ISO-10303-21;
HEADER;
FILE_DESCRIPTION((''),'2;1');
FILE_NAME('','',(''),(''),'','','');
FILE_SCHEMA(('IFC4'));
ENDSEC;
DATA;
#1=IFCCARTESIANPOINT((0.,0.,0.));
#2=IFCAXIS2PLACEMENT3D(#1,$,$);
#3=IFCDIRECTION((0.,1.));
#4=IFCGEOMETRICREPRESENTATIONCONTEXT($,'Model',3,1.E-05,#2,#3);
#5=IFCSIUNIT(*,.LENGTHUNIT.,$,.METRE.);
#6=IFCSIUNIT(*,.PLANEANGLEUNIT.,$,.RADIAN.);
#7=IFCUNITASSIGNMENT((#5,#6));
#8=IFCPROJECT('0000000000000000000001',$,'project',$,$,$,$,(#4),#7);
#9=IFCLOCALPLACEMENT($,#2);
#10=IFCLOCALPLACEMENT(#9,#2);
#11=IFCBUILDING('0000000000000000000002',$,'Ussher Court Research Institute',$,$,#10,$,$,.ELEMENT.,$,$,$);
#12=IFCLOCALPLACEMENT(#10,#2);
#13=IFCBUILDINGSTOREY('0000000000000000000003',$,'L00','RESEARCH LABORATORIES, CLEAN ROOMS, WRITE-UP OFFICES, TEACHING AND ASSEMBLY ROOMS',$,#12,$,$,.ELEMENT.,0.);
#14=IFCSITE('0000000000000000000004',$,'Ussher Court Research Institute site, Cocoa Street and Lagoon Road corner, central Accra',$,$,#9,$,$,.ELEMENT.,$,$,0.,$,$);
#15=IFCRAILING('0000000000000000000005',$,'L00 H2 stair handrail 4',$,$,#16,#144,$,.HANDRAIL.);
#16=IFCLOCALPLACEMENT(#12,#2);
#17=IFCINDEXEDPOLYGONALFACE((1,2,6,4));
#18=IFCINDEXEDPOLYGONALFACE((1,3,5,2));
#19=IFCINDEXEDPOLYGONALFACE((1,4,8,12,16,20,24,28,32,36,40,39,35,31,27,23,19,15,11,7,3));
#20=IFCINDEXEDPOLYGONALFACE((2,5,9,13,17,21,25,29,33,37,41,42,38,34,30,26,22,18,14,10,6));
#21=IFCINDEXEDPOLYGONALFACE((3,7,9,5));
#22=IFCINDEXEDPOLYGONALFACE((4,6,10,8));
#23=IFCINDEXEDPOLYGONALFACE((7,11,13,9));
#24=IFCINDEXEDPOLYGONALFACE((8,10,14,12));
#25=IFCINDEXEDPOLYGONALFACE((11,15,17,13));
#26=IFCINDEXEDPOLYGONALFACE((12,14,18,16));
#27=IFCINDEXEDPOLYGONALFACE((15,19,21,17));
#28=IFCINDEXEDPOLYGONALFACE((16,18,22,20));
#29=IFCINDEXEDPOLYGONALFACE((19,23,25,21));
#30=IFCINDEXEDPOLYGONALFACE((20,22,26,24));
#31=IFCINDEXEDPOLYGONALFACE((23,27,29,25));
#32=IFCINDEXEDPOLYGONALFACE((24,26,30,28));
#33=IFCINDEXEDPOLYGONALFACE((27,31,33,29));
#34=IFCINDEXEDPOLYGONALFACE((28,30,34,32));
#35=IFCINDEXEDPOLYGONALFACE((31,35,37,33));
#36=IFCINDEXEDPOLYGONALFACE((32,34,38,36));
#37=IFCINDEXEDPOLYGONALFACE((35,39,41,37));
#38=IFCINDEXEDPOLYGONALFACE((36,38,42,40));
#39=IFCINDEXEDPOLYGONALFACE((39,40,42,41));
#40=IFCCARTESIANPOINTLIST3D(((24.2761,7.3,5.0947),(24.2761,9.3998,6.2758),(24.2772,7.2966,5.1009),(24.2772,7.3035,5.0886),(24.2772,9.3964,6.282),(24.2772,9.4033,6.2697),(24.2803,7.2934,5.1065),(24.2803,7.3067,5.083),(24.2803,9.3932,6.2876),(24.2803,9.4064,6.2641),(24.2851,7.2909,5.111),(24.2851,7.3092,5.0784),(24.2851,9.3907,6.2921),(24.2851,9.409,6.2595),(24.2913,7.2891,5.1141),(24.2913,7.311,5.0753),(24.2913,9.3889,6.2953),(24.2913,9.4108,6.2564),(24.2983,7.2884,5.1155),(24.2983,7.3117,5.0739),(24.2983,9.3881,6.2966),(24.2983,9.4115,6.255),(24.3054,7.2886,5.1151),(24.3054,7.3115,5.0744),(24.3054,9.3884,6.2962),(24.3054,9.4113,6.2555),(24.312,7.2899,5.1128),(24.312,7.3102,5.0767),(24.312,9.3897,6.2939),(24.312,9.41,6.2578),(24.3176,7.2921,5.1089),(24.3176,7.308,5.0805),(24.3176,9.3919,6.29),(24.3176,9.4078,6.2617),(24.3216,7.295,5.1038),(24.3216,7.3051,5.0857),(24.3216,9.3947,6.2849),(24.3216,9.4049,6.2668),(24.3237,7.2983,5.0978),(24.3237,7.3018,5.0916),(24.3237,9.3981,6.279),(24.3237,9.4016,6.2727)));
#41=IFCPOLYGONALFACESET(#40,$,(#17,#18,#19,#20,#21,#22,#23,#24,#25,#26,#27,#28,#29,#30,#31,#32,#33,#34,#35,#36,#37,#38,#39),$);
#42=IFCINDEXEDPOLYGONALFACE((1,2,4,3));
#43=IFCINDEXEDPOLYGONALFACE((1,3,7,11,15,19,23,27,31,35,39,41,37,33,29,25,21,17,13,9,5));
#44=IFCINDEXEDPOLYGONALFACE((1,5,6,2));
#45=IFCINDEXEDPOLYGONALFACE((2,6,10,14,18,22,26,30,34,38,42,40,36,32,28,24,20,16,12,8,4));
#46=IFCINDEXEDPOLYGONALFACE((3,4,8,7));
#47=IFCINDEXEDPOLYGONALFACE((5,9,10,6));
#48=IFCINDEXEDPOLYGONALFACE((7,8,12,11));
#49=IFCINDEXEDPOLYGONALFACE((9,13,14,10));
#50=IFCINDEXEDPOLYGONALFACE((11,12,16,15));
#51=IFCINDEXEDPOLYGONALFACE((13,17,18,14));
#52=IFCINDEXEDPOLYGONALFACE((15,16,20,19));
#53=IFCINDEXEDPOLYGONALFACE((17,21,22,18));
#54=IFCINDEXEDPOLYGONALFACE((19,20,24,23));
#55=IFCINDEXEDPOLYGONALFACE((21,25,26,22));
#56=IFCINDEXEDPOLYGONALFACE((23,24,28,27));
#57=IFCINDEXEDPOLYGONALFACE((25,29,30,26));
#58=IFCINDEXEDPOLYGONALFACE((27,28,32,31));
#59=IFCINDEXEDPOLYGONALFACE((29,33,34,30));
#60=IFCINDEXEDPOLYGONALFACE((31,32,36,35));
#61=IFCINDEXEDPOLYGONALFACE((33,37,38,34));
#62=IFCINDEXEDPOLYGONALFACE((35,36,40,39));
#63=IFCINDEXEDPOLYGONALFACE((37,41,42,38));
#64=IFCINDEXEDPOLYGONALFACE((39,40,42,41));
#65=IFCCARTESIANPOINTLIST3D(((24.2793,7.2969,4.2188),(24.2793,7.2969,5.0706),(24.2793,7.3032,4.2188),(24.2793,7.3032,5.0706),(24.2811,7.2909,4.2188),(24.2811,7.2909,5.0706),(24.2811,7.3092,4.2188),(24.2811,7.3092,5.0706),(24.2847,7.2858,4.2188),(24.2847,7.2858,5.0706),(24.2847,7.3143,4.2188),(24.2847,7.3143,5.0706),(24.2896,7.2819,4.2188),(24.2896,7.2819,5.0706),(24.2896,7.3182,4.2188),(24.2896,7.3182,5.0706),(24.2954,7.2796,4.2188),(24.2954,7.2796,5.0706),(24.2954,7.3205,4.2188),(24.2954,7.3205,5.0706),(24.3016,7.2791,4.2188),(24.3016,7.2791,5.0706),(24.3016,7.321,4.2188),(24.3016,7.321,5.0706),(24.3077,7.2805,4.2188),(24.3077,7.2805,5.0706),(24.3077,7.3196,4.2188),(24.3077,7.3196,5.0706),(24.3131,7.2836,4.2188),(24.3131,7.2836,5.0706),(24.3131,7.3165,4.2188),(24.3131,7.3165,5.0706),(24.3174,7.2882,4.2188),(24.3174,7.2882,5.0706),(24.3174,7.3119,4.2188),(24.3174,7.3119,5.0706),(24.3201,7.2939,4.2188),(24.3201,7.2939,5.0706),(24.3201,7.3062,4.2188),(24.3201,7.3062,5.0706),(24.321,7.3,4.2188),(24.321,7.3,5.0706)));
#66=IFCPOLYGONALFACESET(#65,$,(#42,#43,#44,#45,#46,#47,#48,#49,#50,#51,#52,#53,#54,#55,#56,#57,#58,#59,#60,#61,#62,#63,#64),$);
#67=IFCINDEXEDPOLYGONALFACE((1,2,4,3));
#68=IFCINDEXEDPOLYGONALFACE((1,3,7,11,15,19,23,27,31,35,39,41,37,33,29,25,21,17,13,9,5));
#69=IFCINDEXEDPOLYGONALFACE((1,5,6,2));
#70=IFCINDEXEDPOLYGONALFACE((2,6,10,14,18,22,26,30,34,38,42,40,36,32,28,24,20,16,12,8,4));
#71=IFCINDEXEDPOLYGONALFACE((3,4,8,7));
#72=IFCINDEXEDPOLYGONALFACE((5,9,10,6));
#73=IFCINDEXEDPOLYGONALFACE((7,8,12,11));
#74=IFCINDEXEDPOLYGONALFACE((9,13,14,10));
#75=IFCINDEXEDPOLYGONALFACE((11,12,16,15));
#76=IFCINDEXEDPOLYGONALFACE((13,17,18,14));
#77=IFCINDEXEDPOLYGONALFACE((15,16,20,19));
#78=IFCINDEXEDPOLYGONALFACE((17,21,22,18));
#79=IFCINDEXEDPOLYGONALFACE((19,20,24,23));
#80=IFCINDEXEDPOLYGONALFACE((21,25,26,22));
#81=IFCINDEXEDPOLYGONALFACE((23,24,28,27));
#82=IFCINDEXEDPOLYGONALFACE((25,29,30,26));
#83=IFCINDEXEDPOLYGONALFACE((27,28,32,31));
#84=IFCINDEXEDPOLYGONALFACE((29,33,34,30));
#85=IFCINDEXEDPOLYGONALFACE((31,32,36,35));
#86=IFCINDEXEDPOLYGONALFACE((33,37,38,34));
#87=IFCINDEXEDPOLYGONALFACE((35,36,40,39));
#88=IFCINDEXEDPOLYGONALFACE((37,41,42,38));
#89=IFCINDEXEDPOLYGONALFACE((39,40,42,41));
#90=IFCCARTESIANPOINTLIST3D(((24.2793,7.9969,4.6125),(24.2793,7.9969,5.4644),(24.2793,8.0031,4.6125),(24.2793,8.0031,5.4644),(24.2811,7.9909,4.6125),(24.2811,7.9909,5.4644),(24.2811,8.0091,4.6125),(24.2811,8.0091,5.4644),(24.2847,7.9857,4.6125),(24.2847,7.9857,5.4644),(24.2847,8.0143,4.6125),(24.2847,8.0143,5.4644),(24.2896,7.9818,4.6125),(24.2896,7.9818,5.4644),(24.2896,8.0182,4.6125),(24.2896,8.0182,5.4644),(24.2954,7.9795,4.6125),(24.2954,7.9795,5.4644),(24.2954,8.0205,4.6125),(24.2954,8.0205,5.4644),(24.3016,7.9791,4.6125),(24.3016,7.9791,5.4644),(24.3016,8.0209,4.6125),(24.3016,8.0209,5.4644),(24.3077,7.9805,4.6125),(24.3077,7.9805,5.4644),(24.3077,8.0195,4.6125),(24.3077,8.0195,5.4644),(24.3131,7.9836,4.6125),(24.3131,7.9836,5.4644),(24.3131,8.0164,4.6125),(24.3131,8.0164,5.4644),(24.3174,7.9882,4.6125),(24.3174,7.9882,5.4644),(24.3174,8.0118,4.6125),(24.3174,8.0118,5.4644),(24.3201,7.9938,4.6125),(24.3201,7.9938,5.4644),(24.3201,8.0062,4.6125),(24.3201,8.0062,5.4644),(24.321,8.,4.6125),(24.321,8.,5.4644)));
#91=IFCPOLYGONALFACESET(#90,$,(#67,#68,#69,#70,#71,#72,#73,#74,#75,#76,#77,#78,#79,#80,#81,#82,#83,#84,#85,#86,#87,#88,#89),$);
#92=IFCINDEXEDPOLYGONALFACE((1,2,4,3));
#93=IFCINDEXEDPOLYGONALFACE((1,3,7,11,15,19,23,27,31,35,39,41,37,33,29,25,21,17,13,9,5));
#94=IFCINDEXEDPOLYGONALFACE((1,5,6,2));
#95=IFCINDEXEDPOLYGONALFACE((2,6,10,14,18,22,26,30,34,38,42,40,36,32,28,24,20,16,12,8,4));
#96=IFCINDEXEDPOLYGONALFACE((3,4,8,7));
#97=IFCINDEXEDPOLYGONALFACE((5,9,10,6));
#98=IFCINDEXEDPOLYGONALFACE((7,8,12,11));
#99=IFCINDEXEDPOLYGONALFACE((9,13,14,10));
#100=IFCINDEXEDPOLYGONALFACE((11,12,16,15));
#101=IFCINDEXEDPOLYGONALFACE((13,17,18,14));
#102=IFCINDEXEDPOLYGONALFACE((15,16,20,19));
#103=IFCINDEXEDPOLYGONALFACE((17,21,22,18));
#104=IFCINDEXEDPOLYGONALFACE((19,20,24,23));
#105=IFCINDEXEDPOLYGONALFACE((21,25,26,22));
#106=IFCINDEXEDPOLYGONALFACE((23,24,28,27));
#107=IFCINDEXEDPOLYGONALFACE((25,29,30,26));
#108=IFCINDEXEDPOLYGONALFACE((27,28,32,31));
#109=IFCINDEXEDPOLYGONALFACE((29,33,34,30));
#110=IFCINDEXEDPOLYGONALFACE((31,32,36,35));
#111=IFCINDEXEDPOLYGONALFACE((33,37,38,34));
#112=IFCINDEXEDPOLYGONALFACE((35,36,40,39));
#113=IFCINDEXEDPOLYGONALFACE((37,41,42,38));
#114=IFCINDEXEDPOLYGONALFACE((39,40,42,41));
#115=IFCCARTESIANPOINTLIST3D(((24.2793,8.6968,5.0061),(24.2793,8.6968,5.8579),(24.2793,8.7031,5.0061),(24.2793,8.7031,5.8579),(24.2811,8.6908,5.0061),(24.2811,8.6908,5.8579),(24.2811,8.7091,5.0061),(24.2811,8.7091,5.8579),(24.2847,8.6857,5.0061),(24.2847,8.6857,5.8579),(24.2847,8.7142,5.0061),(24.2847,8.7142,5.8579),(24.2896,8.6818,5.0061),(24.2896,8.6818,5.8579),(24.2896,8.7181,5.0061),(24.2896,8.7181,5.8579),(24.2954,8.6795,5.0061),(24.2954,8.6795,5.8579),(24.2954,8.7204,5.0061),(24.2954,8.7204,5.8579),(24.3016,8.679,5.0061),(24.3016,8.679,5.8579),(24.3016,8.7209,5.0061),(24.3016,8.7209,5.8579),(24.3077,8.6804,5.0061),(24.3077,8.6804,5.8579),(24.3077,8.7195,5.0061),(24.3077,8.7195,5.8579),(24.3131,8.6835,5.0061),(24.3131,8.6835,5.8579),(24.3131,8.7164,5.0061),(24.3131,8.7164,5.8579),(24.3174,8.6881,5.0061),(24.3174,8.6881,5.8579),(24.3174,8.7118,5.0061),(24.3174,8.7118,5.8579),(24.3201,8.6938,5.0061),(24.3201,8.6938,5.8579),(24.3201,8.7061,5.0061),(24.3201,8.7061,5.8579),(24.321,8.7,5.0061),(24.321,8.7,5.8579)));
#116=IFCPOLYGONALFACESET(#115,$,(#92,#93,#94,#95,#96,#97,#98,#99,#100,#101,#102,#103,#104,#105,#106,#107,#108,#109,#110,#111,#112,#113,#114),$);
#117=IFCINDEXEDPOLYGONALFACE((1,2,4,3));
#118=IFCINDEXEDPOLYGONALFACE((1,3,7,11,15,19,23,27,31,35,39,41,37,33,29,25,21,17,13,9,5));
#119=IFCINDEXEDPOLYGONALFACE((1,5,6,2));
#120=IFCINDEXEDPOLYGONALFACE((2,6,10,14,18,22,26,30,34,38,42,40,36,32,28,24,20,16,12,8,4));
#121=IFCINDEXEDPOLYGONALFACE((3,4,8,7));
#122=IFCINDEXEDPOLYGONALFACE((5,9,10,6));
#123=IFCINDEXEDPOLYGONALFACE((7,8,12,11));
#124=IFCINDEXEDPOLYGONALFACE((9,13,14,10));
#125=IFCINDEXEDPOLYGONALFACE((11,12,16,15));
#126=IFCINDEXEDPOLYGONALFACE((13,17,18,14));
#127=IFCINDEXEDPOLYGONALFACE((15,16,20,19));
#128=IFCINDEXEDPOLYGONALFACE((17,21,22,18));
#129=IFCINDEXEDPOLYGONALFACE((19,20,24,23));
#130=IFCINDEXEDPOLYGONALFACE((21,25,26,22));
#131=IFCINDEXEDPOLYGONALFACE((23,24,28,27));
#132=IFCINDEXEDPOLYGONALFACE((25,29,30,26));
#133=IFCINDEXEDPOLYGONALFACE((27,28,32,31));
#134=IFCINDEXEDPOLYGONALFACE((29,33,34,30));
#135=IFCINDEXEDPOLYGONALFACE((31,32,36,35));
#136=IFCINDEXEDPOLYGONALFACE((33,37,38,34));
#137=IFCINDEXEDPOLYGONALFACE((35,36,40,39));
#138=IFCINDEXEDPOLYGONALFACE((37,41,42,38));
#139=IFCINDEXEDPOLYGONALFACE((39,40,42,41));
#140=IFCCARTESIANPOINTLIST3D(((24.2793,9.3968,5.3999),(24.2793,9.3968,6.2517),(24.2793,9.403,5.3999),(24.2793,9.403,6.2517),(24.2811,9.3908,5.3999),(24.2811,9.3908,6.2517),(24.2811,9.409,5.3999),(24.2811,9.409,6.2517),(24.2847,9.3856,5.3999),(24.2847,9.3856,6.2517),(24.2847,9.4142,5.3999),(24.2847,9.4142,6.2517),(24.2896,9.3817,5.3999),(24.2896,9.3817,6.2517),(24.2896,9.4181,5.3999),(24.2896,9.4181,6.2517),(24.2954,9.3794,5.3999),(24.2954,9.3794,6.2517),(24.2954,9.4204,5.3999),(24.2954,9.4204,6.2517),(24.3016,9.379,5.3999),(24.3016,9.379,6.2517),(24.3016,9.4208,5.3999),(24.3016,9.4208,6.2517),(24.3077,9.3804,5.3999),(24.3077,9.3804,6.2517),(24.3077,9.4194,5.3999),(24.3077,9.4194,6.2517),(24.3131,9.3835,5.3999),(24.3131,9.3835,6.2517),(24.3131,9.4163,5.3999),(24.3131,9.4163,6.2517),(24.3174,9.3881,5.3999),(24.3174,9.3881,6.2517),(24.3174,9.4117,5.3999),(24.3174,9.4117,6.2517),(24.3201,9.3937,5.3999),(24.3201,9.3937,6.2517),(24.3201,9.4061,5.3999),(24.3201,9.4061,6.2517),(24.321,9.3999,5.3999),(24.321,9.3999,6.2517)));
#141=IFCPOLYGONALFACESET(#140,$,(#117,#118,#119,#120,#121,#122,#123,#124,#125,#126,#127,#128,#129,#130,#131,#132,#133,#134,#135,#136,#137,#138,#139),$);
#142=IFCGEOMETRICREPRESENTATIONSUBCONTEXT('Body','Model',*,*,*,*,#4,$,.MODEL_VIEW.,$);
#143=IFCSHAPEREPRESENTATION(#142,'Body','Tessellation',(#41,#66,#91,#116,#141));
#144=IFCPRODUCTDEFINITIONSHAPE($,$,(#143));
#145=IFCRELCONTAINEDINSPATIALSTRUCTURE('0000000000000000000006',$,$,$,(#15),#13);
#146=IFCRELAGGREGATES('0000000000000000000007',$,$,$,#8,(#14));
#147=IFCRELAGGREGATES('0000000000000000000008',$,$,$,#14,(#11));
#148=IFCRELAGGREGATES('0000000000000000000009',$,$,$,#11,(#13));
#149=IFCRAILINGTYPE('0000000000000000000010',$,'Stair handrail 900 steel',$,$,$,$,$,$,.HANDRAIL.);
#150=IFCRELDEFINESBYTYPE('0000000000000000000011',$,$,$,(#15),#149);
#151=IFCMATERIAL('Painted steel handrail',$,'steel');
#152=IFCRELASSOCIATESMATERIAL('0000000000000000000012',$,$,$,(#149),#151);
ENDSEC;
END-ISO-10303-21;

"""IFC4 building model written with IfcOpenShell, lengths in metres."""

from ifc_helpers import new_model, si_unit, direction, frame, origin, origin_2d, place, context, subcontext, project, spatial, circle, extrude, material, type_object, element, save


model = new_model("IFC4")

# Units and contexts
model_context = context("Model", 3, precision=1e-05, world=origin(), true_north=direction((0.0, 1.0)))
body_context = subcontext(model_context, "Body", "Model", "MODEL_VIEW")
ifc_project = project(units=[si_unit("LENGTHUNIT", "METRE"), si_unit("PLANEANGLEUNIT", "RADIAN")], contexts=[model_context])

# Site, building, storey
site_placement = place(None, origin())
site = spatial("IfcSite", under=ifc_project, at=site_placement, Name="Ussher Court Research Institute site, Cocoa Street and Lagoon Road corner, central Accra", CompositionType="ELEMENT", RefElevation=0.0)
building_placement = place(site_placement, origin())
building = spatial("IfcBuilding", under=site, at=building_placement, Name="Ussher Court Research Institute", CompositionType="ELEMENT")
storey_placement = place(building_placement, origin())
storey = spatial("IfcBuildingStorey", under=building, at=storey_placement, Name="L00", Description="RESEARCH LABORATORIES, CLEAN ROOMS, WRITE-UP OFFICES, TEACHING AND ASSEMBLY ROOMS", CompositionType="ELEMENT", Elevation=0.0)

# Railing
ifc_material_1 = material(Name="Painted steel handrail", Category="steel")
railing_type_1 = type_object("IfcRailingType", Name="Stair handrail 900 steel", PredefinedType="HANDRAIL", material=ifc_material_1)
for number, where, name in (
    (1, (24.3, 7.3, 4.2188), "L00 H2 stair handrail 4"),
):
    element("IfcRailing", number, at=place(storey_placement, frame(where)), inside=storey, type_object=railing_type_1, Name=name, PredefinedType="HANDRAIL", context=body_context, shape_type="SweptSolid", body=[
        extrude(circle(Radius=0.0239, at=origin_2d()), frame((0.0, 0.0, 0.876), z_axis=(0.0, 0.871578, 0.490256), x_axis=(-1.0, 0.0, 0.0)), (0.0, 0.0, 1.0), 2.4092),
        extrude(circle(Radius=0.021, at=origin_2d()), origin(), (0.0, 0.0, 1.0), 0.8518),
        extrude(circle(Radius=0.021, at=origin_2d()), frame((0.0, 0.7, 0.3938)), (0.0, 0.0, 1.0), 0.8518),
        extrude(circle(Radius=0.021, at=origin_2d()), frame((0.0, 1.3999, 0.7874)), (0.0, 0.0, 1.0), 0.8518),
        extrude(circle(Radius=0.021, at=origin_2d()), frame((0.0, 2.0999, 1.1812)), (0.0, 0.0, 1.0), 0.8518),
    ])

save(model, "model.ifc")
